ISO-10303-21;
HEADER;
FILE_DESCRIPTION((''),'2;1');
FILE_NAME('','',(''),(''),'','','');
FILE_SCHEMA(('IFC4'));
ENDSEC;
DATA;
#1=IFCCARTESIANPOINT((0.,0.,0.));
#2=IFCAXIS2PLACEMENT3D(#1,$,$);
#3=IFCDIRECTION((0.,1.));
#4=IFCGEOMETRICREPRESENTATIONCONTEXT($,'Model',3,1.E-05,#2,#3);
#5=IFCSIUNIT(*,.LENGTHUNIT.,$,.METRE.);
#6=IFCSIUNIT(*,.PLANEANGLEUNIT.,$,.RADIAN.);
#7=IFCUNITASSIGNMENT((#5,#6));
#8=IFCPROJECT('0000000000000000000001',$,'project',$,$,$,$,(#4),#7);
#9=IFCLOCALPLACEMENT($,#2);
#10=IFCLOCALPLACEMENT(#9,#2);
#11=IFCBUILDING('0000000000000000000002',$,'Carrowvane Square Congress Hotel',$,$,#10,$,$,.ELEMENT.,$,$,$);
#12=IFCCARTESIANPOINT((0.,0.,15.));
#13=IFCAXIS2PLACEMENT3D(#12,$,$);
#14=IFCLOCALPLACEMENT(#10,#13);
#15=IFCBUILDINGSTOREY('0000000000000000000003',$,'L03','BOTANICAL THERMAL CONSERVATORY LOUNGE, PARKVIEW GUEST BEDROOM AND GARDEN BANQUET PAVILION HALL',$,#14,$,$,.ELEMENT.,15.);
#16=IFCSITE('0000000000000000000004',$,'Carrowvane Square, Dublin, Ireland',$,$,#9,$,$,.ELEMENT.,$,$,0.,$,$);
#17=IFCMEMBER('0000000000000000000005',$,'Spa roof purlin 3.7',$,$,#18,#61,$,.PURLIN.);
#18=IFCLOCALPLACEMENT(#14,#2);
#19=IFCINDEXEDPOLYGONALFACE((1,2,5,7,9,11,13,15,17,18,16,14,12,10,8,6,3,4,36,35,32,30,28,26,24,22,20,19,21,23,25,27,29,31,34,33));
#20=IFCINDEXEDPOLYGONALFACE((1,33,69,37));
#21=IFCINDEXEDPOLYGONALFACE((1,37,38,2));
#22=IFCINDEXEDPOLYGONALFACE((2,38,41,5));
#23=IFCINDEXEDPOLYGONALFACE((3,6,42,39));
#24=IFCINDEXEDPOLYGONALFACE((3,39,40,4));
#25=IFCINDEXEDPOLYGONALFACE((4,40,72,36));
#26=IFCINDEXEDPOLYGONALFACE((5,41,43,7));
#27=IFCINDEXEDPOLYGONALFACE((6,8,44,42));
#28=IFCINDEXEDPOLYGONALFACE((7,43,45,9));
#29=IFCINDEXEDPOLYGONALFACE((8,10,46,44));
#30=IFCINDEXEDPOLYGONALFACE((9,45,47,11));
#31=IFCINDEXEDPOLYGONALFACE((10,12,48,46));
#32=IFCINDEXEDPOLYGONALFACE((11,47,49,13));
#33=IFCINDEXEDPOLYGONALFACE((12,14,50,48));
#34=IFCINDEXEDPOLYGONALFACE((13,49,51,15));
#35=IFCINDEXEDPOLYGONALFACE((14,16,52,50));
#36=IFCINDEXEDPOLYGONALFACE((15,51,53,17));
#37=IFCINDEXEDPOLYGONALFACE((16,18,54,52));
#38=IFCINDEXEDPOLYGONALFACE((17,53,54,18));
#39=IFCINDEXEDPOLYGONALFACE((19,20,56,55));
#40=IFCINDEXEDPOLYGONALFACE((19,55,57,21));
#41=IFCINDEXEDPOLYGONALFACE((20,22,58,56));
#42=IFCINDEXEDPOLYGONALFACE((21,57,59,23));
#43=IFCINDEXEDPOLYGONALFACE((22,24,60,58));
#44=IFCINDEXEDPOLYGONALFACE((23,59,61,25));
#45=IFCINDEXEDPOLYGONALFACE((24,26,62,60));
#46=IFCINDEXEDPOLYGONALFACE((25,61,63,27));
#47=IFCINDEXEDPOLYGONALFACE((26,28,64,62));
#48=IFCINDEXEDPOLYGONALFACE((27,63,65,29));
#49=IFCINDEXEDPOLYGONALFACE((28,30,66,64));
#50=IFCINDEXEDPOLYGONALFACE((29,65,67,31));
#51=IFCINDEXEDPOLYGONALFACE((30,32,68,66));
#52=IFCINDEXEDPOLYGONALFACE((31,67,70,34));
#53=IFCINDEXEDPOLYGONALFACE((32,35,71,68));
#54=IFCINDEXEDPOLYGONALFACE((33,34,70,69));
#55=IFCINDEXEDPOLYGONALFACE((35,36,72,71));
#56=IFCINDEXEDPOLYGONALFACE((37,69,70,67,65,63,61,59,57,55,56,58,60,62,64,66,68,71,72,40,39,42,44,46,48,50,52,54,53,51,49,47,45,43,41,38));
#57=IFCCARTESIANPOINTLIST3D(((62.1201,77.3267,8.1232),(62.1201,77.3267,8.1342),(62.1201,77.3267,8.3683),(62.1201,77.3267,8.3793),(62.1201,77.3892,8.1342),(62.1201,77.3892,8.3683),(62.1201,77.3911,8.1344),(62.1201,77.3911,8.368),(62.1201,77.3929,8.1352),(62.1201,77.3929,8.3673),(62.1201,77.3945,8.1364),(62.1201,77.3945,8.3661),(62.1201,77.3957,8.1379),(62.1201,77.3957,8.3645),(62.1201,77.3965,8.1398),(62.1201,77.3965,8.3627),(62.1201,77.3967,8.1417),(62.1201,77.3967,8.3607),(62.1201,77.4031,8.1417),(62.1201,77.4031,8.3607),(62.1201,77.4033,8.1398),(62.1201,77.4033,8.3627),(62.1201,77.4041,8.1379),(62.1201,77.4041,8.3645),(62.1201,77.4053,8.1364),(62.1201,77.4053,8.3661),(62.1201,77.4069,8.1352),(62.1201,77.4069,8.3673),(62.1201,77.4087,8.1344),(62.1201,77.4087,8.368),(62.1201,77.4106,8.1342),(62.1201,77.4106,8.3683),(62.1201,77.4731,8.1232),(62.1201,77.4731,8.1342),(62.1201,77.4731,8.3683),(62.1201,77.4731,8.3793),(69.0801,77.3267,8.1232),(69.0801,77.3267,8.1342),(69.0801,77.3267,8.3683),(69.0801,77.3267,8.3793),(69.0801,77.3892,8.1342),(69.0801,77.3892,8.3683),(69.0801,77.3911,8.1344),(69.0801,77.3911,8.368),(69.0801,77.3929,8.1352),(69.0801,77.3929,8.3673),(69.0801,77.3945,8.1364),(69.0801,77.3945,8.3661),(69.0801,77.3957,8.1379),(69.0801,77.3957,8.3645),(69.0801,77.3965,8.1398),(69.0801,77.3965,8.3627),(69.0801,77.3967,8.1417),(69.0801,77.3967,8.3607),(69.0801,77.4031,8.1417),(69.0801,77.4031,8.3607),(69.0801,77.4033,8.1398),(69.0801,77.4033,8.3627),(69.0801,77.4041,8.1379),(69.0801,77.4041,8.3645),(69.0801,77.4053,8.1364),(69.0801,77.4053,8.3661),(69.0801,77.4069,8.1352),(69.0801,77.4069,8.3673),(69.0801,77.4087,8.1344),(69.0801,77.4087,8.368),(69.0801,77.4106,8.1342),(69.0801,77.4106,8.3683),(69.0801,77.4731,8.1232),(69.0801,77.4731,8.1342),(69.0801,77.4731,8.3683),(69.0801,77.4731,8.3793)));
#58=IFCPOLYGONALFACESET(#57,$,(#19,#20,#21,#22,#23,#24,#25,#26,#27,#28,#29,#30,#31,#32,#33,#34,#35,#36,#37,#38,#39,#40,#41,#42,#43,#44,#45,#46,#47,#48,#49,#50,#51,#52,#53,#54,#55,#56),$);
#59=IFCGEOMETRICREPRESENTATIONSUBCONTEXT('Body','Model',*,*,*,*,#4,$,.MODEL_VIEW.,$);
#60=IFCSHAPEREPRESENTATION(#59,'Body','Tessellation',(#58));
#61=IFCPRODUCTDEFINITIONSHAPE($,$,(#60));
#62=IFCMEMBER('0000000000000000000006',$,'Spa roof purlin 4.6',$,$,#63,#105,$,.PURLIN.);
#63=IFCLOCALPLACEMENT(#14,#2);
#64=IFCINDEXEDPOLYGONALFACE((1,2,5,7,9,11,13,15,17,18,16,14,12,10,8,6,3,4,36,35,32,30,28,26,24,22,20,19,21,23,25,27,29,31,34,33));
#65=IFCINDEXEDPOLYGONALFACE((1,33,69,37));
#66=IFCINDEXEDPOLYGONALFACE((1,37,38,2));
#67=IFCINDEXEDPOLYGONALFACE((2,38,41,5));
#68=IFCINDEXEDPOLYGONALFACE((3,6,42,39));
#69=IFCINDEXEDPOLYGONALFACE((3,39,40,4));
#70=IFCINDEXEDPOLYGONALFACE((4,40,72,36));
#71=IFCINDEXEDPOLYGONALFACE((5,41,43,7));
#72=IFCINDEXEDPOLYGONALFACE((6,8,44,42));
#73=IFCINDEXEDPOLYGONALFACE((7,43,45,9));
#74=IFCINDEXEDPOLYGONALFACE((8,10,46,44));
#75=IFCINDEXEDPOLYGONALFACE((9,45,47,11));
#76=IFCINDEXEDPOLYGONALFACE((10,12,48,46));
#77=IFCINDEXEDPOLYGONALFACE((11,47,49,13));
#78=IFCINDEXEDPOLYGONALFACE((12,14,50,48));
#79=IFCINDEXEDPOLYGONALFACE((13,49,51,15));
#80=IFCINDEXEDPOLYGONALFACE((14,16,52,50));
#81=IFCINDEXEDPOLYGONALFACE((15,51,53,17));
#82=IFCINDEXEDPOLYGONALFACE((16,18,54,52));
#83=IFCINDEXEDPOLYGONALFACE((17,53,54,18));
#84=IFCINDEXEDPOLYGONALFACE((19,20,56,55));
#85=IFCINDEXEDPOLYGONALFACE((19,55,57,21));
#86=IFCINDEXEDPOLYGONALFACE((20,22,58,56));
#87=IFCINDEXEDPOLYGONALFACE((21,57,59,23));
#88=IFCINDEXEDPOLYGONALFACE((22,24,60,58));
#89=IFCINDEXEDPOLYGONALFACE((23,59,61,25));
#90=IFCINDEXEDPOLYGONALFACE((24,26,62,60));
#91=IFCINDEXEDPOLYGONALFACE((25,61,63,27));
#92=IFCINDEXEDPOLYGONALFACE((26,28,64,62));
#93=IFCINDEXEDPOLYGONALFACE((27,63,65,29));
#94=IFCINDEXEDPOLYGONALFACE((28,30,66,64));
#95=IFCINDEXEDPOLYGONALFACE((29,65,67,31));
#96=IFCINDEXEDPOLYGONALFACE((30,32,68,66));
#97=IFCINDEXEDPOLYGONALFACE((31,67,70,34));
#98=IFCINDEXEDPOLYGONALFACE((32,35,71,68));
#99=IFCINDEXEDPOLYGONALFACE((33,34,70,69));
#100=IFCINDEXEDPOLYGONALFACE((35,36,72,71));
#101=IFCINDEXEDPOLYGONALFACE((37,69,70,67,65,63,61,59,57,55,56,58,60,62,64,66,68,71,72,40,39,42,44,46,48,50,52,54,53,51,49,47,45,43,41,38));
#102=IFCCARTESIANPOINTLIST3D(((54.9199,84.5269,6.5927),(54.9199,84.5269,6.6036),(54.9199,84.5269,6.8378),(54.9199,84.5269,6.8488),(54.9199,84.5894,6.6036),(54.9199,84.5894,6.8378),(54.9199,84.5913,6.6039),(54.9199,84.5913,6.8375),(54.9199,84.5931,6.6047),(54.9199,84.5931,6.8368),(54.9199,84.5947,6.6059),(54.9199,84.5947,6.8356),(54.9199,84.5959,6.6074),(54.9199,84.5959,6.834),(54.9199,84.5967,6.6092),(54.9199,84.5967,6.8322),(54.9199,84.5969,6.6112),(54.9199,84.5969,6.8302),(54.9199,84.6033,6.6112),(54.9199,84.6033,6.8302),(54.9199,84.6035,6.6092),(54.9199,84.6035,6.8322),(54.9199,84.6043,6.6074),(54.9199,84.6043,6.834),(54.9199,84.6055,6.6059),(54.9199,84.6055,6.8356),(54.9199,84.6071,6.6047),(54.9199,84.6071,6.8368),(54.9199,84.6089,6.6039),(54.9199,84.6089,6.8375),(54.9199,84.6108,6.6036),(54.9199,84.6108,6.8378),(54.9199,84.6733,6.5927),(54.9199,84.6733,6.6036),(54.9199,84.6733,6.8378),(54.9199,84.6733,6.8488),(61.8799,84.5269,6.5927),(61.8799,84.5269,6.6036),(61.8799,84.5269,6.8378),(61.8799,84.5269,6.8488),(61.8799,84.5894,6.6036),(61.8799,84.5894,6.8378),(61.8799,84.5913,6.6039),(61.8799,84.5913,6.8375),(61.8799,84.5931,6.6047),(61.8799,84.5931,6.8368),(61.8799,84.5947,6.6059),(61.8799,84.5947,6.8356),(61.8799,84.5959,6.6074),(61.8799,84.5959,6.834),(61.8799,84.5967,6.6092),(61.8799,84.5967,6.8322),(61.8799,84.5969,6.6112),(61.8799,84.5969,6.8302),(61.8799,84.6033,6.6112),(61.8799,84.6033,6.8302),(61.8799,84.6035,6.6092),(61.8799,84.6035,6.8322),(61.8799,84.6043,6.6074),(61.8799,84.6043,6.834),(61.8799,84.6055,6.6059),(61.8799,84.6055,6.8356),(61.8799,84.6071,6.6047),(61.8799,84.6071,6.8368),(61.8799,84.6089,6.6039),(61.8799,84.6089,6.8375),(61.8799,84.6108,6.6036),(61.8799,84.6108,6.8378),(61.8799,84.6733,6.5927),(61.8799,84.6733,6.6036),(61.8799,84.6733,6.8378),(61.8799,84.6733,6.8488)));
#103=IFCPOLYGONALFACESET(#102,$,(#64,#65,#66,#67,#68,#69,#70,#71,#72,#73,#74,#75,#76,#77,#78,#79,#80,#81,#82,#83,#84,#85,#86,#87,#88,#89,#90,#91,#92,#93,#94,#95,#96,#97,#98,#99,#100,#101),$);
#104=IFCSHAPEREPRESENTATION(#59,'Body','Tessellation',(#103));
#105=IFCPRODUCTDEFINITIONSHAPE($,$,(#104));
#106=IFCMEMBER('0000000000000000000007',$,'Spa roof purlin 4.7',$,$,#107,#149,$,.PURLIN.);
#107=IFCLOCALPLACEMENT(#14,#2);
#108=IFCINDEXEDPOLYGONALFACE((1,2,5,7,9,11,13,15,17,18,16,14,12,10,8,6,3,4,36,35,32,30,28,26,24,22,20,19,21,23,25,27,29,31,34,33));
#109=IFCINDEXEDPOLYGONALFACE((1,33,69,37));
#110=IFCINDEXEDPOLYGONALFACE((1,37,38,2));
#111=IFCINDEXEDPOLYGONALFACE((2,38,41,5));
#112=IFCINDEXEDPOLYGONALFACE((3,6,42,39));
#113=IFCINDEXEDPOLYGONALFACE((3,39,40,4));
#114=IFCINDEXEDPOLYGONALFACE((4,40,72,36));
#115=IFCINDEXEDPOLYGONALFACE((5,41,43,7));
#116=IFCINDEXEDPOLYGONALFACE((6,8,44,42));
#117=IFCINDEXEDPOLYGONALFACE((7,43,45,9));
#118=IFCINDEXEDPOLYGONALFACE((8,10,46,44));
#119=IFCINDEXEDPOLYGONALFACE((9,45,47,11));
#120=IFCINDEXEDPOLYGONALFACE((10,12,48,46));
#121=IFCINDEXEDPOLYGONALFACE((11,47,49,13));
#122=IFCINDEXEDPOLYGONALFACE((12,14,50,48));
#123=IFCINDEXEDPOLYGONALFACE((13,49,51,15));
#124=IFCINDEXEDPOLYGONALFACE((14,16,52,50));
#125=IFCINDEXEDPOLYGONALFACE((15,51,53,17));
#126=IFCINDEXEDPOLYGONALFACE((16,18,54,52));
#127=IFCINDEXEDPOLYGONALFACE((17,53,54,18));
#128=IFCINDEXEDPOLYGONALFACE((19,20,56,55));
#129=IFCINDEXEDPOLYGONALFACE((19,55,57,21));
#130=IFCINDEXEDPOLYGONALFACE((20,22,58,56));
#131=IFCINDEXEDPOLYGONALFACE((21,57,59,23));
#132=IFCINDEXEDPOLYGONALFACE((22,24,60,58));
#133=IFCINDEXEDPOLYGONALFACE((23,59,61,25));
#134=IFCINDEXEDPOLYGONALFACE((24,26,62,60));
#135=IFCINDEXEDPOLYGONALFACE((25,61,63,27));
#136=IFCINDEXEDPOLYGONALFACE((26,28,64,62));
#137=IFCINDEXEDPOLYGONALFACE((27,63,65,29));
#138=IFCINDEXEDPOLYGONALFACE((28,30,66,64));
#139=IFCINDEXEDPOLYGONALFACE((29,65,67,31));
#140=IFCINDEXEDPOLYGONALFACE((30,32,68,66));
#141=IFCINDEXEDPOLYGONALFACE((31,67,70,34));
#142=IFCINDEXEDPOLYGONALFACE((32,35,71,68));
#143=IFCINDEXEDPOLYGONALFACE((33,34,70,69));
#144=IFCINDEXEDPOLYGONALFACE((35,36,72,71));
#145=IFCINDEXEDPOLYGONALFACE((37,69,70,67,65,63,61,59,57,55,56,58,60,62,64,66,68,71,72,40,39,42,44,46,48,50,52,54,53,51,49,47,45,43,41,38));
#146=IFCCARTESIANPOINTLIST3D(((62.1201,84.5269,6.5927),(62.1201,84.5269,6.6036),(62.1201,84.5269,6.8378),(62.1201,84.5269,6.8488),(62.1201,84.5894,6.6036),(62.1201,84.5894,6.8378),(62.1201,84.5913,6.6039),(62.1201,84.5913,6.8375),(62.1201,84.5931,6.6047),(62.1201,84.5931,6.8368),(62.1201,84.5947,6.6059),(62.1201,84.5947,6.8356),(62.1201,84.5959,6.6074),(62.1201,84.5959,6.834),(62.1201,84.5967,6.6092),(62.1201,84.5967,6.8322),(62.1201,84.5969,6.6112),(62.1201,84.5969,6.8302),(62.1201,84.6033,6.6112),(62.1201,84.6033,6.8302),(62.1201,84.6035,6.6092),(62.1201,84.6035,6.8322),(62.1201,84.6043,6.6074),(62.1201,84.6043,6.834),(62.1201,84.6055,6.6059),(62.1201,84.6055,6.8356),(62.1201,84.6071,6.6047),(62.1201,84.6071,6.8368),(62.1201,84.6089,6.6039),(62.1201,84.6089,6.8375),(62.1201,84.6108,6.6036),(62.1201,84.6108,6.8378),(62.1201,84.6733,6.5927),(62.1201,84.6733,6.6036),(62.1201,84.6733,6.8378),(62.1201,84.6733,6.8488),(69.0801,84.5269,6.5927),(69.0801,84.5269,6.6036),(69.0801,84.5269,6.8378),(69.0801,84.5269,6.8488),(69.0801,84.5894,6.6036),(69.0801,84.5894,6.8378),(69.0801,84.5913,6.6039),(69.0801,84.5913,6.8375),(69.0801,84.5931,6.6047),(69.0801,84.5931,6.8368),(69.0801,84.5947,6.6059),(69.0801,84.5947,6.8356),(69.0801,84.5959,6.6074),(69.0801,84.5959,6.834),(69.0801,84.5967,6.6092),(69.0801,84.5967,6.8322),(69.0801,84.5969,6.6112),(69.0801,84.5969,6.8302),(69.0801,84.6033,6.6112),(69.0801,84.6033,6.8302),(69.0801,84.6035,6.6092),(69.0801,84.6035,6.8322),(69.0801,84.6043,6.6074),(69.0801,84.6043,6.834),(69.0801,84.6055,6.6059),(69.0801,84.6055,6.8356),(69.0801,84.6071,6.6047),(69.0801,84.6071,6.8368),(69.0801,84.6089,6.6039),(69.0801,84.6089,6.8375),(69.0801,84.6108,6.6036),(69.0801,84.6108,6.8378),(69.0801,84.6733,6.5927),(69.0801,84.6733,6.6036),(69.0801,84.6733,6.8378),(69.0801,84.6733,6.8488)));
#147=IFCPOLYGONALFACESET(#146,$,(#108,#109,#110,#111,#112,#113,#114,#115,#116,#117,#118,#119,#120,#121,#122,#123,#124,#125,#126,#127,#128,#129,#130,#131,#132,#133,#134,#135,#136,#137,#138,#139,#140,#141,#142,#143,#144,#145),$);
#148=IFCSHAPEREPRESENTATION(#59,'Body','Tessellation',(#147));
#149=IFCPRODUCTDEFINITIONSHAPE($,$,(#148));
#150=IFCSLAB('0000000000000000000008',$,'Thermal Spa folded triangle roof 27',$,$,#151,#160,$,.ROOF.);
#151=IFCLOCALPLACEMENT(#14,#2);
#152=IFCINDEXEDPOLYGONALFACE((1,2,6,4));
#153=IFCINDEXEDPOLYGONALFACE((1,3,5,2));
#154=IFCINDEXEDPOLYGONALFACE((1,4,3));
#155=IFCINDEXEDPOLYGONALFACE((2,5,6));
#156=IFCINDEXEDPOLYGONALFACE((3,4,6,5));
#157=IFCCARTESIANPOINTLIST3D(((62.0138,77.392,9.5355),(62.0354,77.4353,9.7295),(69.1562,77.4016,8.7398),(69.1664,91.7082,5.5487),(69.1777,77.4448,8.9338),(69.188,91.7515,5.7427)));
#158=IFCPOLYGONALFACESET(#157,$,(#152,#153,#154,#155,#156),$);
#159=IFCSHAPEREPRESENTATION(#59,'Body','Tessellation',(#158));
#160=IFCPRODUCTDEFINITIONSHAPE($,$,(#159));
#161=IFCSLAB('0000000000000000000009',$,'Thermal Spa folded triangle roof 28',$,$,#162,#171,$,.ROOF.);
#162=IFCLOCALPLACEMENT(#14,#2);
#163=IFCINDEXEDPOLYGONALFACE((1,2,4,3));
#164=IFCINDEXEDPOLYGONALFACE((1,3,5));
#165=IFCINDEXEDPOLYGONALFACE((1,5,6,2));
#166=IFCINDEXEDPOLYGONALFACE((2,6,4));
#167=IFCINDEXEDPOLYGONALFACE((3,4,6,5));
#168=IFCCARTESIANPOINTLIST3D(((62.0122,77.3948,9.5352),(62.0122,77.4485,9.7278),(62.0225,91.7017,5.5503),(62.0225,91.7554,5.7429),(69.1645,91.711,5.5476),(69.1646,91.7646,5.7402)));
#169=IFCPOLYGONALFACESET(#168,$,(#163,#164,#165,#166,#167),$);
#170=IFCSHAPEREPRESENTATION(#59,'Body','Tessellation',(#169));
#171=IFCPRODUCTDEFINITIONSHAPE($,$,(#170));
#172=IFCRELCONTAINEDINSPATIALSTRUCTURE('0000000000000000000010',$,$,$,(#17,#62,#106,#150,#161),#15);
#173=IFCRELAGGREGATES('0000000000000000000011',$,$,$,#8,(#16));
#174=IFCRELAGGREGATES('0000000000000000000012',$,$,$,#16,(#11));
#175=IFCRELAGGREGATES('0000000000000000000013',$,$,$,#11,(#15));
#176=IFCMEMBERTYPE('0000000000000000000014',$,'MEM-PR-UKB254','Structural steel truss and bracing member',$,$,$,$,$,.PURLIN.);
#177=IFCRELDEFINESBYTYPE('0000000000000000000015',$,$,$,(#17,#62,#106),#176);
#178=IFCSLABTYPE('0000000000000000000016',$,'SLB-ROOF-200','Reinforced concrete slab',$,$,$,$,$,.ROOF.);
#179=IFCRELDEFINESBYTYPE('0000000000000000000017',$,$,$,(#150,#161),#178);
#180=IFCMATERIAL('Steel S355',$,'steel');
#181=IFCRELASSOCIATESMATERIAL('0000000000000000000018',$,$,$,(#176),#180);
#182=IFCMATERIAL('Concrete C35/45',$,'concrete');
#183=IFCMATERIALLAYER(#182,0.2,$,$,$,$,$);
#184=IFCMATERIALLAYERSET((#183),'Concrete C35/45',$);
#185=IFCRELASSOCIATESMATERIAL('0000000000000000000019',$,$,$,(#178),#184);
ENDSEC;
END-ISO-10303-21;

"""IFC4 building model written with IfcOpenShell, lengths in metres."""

from ifc_helpers import new_model, si_unit, direction, frame, origin, origin_2d, place, context, subcontext, project, spatial, polyline, i_section, outline, extrude, material, layer, layer_set, material_profile, profile_set, type_object, element, save


model = new_model("IFC4")

# Units and contexts
model_context = context("Model", 3, precision=1e-05, world=origin(), true_north=direction((0.0, 1.0)))
body_context = subcontext(model_context, "Body", "Model", "MODEL_VIEW")
ifc_project = project(units=[si_unit("LENGTHUNIT", "METRE"), si_unit("PLANEANGLEUNIT", "RADIAN")], contexts=[model_context])

# Site, building, storey
site_placement = place(None, origin())
site = spatial("IfcSite", under=ifc_project, at=site_placement, Name="Carrowvane Square, Dublin, Ireland", CompositionType="ELEMENT", RefElevation=0.0)
building_placement = place(site_placement, origin())
building = spatial("IfcBuilding", under=site, at=building_placement, Name="Carrowvane Square Congress Hotel", CompositionType="ELEMENT")
storey_placement = place(building_placement, frame((0.0, 0.0, 15.0)))
storey = spatial("IfcBuildingStorey", under=building, at=storey_placement, Name="L03", Description="BOTANICAL THERMAL CONSERVATORY LOUNGE, PARKVIEW GUEST BEDROOM AND GARDEN BANQUET PAVILION HALL", CompositionType="ELEMENT", Elevation=15.0)

# Members
ifc_material_1 = material(Name="Steel S355", Category="steel")
ifc_material_profile_1 = material_profile(ifc_material_1, i_section(OverallWidth=0.1465, OverallDepth=0.2561, WebThickness=0.0063, FlangeThickness=0.011, FilletRadius=0.0076, at=origin_2d()), Name="UKB 254x146x37")
ifc_profile_set_1 = profile_set([ifc_material_profile_1], Name="Steel S355")
member_type = type_object("IfcMemberType", Name="MEM-PR-UKB254", Description="Structural steel truss and bracing member", PredefinedType="PURLIN", material=ifc_profile_set_1)
for number, where, z_axis, x_axis, name in (
    (1, (62.1201, 77.3999, 8.2512), (1.0, 0.0, 0.0), (0.0, 1.0, 0.0), "Spa roof purlin 3.7"),
    (2, (54.9199, 84.6001, 6.7207), (1.0, 0.0, 0.0), (0.0, 1.0, 0.0), "Spa roof purlin 4.6"),
    (3, (62.1201, 84.6001, 6.7207), (1.0, 0.0, 0.0), (0.0, 1.0, 0.0), "Spa roof purlin 4.7"),
):
    element("IfcMember", number, at=place(storey_placement, frame(where, z_axis=z_axis, x_axis=x_axis)), inside=storey, type_object=member_type, Name=name, PredefinedType="PURLIN", context=body_context, shape_type="SweptSolid", body=[
        extrude(i_section(OverallWidth=0.1465, OverallDepth=0.2561, WebThickness=0.0063, FlangeThickness=0.011, FilletRadius=0.0076, at=origin_2d()), origin(), (0.0, 0.0, 1.0), 6.96),
    ])

# Slabs
ifc_material_2 = material(Name="Concrete C35/45", Category="concrete")
ifc_layer_1 = layer(ifc_material_2, 0.2)
ifc_layer_set_1 = layer_set([ifc_layer_1], Name="Concrete C35/45")
slab_type = type_object("IfcSlabType", Name="SLB-ROOF-200", Description="Reinforced concrete slab", PredefinedType="ROOF", material=ifc_layer_set_1)
slab_1_placement = place(storey_placement, frame((62.0354, 77.4353, 9.7295), z_axis=(0.107808, 0.216362, 0.970343), x_axis=(0.993851, 0.001325, -0.110715)))
element("IfcSlab", 4, at=slab_1_placement, inside=storey, type_object=slab_type, Name="Thermal Spa folded triangle roof 27", PredefinedType="ROOF", context=body_context, shape_type="SweptSolid", body=[
    extrude(outline(polyline([(0.0, 0.0), (7.1865, 0.0), (7.569, 14.6532), (0.0, 0.0)])), origin(), (0.0, 0.0, -1.0), 0.2),
])
slab_2_placement = place(storey_placement, frame((62.0122, 77.4485, 9.7278), z_axis=(0.000014, 0.268314, 0.963331), x_axis=(0.433667, 0.86803, -0.241777)))
element("IfcSlab", 5, at=slab_2_placement, inside=storey, type_object=slab_type, Name="Thermal Spa folded triangle roof 28", PredefinedType="ROOF", context=body_context, shape_type="SweptSolid", body=[
    extrude(outline(polyline([(0.0, 0.0), (16.4927, 0.0), (13.3867, 6.4314), (0.0, 0.0)])), origin(), (0.0, 0.0, -1.0), 0.2),
])

save(model, "model.ifc")
